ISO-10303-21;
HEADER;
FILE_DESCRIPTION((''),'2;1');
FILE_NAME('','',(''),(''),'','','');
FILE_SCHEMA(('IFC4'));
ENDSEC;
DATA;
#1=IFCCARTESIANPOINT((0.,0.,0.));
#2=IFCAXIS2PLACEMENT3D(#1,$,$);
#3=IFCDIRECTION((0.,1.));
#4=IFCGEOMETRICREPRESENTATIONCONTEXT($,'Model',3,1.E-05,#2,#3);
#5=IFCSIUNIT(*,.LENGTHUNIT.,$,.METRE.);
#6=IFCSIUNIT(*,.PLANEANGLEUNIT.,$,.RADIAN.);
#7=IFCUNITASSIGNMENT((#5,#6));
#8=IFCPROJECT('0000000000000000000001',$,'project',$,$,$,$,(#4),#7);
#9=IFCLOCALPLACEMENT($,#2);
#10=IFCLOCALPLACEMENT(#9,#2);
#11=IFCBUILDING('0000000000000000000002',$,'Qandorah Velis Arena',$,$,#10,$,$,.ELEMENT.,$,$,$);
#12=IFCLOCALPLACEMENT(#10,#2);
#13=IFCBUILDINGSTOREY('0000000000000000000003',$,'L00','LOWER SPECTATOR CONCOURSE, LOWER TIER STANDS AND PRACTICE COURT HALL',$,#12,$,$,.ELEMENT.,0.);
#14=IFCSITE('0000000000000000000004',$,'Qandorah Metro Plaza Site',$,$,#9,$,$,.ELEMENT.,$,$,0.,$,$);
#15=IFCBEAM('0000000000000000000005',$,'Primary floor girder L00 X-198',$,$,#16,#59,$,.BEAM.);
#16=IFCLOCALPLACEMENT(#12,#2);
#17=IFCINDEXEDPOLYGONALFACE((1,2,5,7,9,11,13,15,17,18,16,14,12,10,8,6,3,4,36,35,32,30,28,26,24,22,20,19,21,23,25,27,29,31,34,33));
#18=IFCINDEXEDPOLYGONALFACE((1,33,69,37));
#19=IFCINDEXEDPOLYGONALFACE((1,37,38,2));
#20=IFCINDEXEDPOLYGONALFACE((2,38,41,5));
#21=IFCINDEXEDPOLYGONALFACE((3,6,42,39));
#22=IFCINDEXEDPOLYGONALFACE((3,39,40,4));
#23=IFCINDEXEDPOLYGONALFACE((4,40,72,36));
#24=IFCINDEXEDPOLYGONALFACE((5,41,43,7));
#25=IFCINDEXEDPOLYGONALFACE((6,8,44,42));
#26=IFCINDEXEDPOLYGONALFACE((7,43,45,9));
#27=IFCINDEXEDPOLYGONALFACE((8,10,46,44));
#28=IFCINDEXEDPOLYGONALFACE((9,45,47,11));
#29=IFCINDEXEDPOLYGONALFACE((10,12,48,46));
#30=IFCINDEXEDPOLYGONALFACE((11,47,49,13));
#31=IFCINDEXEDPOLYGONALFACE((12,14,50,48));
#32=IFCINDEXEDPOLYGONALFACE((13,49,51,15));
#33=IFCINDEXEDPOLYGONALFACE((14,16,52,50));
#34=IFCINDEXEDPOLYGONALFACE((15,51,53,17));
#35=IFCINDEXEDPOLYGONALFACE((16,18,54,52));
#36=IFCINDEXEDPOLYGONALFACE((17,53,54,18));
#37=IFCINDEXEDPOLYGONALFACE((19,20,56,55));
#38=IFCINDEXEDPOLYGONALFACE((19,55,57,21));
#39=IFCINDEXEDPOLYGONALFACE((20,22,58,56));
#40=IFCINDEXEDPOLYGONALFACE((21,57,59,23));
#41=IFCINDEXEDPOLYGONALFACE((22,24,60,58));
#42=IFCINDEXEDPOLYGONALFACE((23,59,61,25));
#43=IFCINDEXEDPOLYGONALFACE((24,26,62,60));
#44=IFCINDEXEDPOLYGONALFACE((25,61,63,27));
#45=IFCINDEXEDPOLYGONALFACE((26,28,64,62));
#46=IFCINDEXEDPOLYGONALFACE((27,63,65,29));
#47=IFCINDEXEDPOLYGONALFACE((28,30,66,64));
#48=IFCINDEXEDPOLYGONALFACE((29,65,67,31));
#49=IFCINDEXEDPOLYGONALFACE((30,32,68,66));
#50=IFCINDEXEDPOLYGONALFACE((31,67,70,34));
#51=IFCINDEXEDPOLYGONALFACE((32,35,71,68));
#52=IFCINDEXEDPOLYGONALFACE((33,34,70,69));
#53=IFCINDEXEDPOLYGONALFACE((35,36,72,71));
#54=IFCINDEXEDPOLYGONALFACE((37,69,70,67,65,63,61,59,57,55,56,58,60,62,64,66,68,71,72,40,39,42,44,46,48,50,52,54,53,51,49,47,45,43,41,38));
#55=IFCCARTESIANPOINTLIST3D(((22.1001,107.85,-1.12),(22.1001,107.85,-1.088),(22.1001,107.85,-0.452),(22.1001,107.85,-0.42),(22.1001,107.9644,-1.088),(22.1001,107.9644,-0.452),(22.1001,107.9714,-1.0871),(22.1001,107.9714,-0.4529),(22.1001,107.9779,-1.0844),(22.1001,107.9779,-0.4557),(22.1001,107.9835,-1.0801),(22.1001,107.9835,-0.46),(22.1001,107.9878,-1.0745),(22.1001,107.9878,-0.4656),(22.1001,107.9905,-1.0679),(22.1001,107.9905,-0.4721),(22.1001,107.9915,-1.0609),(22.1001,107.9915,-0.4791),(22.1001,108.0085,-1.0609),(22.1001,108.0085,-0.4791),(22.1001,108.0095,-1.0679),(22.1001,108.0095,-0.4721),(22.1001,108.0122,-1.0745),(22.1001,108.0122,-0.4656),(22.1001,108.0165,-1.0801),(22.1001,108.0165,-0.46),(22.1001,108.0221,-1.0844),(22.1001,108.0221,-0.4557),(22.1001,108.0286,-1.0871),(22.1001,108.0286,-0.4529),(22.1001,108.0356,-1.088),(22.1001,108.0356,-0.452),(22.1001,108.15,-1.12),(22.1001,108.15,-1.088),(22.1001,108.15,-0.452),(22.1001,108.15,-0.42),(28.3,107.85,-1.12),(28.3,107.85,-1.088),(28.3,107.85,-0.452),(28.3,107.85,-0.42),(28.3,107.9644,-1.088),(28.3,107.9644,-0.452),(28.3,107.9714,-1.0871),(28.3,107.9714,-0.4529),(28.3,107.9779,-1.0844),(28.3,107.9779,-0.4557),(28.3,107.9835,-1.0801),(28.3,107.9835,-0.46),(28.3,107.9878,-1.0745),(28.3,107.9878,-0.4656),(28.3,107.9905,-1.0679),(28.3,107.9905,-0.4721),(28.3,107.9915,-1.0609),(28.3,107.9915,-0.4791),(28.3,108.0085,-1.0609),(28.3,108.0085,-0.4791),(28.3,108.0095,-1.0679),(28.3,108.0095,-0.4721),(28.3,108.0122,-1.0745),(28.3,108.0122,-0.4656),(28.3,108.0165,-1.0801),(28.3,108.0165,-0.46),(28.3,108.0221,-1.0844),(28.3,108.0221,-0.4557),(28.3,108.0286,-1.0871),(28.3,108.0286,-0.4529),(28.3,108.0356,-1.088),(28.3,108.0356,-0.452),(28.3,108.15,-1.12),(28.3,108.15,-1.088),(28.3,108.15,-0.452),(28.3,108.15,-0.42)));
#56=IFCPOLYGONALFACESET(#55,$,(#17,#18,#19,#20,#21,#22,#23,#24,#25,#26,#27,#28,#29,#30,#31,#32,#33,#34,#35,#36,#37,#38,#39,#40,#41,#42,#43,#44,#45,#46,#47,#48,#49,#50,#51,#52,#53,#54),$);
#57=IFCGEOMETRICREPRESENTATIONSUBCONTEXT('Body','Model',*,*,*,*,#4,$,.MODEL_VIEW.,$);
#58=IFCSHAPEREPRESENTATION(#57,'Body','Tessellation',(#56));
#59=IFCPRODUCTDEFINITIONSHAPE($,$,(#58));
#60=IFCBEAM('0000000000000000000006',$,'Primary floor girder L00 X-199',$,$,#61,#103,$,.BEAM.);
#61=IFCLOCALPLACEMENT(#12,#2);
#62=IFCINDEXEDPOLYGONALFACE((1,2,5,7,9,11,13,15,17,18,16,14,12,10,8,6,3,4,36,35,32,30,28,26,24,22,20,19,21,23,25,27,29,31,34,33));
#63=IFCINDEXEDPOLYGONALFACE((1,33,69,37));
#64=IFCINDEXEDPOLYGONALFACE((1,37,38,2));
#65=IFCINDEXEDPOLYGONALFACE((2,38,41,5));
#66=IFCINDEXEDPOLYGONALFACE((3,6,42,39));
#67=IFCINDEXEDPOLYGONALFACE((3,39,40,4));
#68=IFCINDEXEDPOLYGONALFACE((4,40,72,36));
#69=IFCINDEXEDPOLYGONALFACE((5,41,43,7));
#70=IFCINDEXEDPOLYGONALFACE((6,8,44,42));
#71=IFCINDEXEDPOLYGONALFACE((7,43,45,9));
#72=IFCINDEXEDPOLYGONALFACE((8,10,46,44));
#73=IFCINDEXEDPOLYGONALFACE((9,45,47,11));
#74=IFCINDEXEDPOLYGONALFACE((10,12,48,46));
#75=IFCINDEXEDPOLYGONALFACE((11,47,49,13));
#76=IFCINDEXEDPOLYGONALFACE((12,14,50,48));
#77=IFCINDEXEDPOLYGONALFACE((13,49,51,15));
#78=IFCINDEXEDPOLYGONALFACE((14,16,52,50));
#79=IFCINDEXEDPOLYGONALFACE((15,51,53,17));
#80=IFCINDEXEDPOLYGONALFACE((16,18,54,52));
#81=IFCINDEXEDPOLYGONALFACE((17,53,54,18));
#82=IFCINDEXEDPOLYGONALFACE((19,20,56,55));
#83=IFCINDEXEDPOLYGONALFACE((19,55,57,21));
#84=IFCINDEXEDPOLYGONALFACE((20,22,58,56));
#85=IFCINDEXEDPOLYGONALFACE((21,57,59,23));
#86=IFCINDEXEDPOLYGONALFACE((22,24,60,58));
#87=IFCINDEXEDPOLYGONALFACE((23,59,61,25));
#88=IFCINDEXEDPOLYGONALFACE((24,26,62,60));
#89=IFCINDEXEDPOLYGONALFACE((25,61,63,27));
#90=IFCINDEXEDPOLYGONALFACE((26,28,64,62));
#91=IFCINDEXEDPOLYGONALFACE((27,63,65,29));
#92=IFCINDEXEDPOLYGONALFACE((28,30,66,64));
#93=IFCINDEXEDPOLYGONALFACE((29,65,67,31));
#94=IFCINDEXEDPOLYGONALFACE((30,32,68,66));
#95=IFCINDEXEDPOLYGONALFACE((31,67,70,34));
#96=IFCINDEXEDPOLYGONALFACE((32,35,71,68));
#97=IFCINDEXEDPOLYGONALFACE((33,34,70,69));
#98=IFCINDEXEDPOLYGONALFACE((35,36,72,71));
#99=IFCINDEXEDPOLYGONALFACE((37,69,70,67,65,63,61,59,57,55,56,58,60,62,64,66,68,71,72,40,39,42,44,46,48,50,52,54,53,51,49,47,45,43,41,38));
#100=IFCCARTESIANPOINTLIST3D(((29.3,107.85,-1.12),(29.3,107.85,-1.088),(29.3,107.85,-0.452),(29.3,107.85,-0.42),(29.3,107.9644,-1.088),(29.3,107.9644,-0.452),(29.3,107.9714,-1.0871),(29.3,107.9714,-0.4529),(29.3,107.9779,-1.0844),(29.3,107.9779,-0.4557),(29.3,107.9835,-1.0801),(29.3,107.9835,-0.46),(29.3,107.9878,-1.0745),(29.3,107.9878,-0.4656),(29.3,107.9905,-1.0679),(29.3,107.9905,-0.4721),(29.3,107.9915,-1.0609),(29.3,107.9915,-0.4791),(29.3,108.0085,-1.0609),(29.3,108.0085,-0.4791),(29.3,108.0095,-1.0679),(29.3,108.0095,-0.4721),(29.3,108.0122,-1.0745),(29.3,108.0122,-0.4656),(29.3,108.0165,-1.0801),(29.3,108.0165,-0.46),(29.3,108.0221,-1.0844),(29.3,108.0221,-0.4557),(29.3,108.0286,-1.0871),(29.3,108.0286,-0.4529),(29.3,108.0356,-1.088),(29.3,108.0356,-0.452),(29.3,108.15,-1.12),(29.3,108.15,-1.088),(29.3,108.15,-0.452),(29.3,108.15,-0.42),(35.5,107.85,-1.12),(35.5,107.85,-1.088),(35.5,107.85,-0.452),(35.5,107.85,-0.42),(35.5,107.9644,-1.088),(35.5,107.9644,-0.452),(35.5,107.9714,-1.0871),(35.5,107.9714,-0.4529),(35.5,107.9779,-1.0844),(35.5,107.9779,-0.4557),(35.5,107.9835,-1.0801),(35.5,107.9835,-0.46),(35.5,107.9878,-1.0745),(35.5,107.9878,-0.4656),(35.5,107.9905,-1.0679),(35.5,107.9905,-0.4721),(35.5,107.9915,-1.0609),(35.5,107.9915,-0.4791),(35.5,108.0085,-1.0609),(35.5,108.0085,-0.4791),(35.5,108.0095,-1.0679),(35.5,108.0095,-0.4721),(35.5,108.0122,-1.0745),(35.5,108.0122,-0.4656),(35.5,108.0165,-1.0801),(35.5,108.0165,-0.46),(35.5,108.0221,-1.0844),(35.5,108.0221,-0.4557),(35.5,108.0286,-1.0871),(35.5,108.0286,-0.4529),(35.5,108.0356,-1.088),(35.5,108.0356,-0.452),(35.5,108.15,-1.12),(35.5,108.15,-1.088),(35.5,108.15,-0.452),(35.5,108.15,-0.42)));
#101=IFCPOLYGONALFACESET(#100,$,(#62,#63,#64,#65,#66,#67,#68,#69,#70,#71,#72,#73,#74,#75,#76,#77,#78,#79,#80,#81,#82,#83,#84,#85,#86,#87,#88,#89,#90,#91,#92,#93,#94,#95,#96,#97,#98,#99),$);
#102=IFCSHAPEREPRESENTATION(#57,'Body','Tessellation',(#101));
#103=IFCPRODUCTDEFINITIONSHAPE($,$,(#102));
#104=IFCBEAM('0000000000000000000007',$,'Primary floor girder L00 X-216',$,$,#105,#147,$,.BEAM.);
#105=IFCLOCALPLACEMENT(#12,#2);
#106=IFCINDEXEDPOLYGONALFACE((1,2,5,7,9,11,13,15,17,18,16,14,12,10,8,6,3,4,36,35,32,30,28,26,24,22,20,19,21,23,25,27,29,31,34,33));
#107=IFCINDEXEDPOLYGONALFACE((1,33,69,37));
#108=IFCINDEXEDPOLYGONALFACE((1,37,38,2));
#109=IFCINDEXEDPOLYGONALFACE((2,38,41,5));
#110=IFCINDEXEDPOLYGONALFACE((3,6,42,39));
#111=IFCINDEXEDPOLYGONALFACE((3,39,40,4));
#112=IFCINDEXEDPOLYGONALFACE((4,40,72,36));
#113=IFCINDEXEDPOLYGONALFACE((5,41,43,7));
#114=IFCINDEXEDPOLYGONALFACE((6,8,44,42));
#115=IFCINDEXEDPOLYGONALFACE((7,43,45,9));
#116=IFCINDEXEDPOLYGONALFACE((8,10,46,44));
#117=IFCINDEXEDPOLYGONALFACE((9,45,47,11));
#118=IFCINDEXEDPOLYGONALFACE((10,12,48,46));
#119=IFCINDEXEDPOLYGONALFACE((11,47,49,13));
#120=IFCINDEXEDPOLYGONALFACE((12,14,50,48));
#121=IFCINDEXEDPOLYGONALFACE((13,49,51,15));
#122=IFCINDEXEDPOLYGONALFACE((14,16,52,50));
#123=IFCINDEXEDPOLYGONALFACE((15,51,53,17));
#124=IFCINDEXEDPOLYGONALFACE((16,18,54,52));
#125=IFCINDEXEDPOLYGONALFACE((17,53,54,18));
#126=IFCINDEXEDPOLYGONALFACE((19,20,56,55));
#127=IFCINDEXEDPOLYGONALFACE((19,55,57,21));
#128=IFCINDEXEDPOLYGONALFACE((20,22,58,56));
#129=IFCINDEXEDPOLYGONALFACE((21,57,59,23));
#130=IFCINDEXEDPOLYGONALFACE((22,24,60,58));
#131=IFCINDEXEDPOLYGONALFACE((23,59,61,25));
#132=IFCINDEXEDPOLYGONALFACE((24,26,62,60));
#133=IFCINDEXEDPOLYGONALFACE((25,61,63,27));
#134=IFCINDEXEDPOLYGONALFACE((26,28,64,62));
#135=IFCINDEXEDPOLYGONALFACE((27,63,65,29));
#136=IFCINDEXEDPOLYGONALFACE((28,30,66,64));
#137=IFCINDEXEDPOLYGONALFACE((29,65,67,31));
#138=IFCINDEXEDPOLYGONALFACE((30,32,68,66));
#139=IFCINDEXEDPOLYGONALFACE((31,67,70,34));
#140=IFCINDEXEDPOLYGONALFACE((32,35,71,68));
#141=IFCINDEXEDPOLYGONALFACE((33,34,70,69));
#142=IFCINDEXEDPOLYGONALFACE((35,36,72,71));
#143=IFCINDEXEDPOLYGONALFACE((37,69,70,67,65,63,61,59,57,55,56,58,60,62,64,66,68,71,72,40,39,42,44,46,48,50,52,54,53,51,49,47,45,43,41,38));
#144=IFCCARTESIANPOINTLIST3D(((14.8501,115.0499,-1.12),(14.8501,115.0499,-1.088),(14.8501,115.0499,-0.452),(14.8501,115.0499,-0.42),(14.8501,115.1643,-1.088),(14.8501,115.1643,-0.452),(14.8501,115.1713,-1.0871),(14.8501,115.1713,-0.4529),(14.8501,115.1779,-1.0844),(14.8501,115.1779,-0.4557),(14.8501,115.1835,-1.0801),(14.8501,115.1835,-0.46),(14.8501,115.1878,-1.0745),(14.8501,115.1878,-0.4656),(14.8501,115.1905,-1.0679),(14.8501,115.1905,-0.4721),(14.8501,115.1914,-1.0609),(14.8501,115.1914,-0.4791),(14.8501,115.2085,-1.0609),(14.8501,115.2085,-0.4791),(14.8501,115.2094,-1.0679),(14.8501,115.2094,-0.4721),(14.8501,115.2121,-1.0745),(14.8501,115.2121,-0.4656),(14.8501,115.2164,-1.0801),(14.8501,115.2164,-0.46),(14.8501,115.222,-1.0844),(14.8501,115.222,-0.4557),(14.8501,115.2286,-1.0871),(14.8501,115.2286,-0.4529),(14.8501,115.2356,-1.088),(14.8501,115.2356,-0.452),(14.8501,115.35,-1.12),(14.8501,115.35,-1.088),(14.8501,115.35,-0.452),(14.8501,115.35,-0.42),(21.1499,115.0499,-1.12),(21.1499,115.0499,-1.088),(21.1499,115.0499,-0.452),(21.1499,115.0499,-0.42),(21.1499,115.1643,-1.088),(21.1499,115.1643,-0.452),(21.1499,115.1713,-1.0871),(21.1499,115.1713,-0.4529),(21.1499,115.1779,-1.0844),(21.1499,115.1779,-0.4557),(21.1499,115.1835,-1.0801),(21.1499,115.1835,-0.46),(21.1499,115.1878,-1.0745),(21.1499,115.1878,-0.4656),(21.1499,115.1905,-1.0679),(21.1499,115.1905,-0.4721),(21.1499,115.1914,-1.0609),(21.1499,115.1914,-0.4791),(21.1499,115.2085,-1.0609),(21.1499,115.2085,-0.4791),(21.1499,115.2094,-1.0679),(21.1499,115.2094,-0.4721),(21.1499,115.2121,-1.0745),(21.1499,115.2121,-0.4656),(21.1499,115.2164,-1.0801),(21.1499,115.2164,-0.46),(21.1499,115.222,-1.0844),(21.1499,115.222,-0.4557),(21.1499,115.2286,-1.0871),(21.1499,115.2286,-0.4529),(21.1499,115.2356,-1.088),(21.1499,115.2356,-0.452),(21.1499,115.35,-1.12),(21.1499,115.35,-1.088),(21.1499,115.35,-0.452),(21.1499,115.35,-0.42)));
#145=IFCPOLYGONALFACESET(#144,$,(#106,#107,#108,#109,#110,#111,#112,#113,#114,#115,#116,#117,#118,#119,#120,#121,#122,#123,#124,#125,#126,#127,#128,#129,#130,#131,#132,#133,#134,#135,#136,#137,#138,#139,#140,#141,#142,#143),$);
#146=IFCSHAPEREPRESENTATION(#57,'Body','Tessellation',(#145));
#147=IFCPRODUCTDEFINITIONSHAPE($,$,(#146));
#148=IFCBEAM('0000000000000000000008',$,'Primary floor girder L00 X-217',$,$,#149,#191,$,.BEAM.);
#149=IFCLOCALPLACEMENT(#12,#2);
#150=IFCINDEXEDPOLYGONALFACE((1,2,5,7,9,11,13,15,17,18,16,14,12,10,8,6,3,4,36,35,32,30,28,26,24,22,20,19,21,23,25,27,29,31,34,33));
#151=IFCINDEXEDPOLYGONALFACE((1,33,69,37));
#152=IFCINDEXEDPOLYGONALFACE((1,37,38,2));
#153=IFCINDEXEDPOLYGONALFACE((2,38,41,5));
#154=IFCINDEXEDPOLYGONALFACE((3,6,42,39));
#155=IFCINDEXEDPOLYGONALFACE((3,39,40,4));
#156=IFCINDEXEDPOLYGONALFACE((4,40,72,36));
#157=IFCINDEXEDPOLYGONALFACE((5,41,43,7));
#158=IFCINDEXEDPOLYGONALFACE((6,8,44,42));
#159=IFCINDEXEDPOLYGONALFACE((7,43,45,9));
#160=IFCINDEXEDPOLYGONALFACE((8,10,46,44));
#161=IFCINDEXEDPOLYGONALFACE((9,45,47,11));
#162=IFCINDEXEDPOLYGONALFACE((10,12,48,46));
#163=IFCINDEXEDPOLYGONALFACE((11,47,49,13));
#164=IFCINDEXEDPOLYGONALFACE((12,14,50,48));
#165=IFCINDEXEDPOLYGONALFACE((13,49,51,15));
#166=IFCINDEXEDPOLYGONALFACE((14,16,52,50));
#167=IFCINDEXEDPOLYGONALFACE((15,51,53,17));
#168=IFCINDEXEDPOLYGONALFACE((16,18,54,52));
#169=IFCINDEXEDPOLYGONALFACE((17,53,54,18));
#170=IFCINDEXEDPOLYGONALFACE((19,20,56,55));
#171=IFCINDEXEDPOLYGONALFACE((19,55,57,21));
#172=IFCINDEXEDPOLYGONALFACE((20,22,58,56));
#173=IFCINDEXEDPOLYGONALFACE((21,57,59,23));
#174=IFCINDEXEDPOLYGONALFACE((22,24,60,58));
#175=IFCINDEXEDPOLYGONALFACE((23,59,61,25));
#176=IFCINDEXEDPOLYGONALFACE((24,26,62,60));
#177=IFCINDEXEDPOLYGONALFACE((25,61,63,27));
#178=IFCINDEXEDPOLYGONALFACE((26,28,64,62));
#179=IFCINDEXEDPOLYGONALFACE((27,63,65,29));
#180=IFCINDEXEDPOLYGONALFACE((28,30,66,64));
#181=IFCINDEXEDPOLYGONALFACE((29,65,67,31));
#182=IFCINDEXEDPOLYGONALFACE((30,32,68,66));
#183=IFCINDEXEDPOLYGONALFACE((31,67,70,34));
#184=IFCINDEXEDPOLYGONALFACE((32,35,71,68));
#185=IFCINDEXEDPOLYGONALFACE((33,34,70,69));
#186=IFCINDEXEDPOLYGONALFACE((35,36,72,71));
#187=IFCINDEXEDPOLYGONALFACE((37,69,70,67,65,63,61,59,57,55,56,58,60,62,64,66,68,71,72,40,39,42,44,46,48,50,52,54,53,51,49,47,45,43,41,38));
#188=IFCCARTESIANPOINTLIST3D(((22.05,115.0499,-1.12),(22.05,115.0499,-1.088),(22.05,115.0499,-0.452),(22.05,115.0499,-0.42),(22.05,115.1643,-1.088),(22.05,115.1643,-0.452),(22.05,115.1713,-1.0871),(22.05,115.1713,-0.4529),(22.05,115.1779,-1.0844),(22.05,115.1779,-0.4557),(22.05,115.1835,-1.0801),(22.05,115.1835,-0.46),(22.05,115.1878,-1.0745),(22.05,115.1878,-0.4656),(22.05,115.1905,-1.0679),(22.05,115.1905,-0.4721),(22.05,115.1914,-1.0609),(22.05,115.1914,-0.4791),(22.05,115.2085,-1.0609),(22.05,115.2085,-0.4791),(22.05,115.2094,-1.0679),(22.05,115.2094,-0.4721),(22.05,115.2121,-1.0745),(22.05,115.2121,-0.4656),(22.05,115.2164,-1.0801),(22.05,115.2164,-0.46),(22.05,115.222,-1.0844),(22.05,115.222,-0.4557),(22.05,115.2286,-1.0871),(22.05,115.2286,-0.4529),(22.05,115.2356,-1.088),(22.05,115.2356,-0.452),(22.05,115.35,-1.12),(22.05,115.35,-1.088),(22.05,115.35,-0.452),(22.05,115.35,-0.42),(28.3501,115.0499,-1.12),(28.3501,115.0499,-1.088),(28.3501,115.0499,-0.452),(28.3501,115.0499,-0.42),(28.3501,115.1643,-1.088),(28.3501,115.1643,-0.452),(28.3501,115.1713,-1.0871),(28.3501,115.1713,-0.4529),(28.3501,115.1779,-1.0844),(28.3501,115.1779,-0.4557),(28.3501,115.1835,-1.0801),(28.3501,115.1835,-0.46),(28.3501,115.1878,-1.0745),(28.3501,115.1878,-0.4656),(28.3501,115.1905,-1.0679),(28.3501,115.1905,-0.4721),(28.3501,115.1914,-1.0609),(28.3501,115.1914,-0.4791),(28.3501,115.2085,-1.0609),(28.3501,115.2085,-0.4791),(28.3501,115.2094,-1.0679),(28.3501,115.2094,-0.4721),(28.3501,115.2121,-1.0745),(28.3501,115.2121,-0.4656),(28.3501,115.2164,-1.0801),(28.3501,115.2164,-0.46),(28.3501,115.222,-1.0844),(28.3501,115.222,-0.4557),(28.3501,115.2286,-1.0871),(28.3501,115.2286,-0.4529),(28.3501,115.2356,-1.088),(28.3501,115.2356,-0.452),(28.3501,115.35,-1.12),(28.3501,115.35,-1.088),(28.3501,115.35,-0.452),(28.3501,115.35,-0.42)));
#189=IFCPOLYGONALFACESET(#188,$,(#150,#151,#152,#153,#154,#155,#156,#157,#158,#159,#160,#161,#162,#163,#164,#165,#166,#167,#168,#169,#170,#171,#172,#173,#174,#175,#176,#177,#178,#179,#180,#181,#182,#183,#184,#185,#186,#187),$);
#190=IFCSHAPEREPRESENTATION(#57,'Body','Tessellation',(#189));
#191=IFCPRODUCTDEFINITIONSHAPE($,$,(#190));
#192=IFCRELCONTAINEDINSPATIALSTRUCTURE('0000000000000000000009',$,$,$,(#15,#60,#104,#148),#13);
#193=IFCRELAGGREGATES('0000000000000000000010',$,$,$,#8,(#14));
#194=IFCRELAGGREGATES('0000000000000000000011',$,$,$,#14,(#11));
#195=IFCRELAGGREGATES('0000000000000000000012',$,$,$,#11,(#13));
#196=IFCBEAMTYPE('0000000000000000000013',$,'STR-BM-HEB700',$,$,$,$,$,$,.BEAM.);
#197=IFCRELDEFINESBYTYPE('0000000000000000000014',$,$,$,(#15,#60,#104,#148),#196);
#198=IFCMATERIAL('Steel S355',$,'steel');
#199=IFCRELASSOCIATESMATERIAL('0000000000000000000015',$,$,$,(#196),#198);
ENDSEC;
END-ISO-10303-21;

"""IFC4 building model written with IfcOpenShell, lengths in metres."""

from ifc_helpers import new_model, si_unit, direction, frame, origin, origin_2d, place, context, subcontext, project, spatial, i_section, extrude, material, material_profile, profile_set, type_object, element, save


model = new_model("IFC4")

# Units and contexts
model_context = context("Model", 3, precision=1e-05, world=origin(), true_north=direction((0.0, 1.0)))
body_context = subcontext(model_context, "Body", "Model", "MODEL_VIEW")
ifc_project = project(units=[si_unit("LENGTHUNIT", "METRE"), si_unit("PLANEANGLEUNIT", "RADIAN")], contexts=[model_context])

# Site, building, storey
site_placement = place(None, origin())
site = spatial("IfcSite", under=ifc_project, at=site_placement, Name="Qandorah Metro Plaza Site", CompositionType="ELEMENT", RefElevation=0.0)
building_placement = place(site_placement, origin())
building = spatial("IfcBuilding", under=site, at=building_placement, Name="Qandorah Velis Arena", CompositionType="ELEMENT")
storey_placement = place(building_placement, origin())
storey = spatial("IfcBuildingStorey", under=building, at=storey_placement, Name="L00", Description="LOWER SPECTATOR CONCOURSE, LOWER TIER STANDS AND PRACTICE COURT HALL", CompositionType="ELEMENT", Elevation=0.0)

# Beams
ifc_material_1 = material(Name="Steel S355", Category="steel")
ifc_material_profile_1 = material_profile(ifc_material_1, i_section(OverallWidth=0.3, OverallDepth=0.7, WebThickness=0.0171, FlangeThickness=0.032, FilletRadius=0.0271, at=origin_2d()), Name="HEB 700")
ifc_profile_set_1 = profile_set([ifc_material_profile_1], Name="Steel S355")
beam_type_1 = type_object("IfcBeamType", Name="STR-BM-HEB700", PredefinedType="BEAM", material=ifc_profile_set_1)
for number, where, z_axis, x_axis, name in (
    (1, (22.1001, 108.0, -0.77), (1.0, 0.0, 0.0), (0.0, 1.0, 0.0), "Primary floor girder L00 X-198"),
    (2, (29.3, 108.0, -0.77), (1.0, 0.0, 0.0), (0.0, 1.0, 0.0), "Primary floor girder L00 X-199"),
):
    element("IfcBeam", number, at=place(storey_placement, frame(where, z_axis=z_axis, x_axis=x_axis)), inside=storey, type_object=beam_type_1, Name=name, PredefinedType="BEAM", context=body_context, shape_type="SweptSolid", body=[
        extrude(i_section(OverallWidth=0.3, OverallDepth=0.7, WebThickness=0.0171, FlangeThickness=0.032, FilletRadius=0.0271, at=origin_2d()), origin(), (0.0, 0.0, 1.0), 6.2),
    ])
beam_1_placement = place(storey_placement, frame((14.8501, 115.2, -0.77), z_axis=(1.0, 0.0, 0.0), x_axis=(0.0, 1.0, 0.0)))
element("IfcBeam", 3, at=beam_1_placement, inside=storey, type_object=beam_type_1, Name="Primary floor girder L00 X-216", PredefinedType="BEAM", context=body_context, shape_type="SweptSolid", body=[
    extrude(i_section(OverallWidth=0.3, OverallDepth=0.7, WebThickness=0.0171, FlangeThickness=0.032, FilletRadius=0.0271, at=origin_2d()), origin(), (0.0, 0.0, 1.0), 6.2998),
])
for number, where, z_axis, x_axis, name in (
    (4, (22.05, 115.2, -0.77), (1.0, 0.0, 0.0), (0.0, 1.0, 0.0), "Primary floor girder L00 X-217"),
):
    element("IfcBeam", number, at=place(storey_placement, frame(where, z_axis=z_axis, x_axis=x_axis)), inside=storey, type_object=beam_type_1, Name=name, PredefinedType="BEAM", context=body_context, shape_type="SweptSolid", body=[
        extrude(i_section(OverallWidth=0.3, OverallDepth=0.7, WebThickness=0.0171, FlangeThickness=0.032, FilletRadius=0.0271, at=origin_2d()), origin(), (0.0, 0.0, 1.0), 6.3),
    ])

save(model, "model.ifc")
